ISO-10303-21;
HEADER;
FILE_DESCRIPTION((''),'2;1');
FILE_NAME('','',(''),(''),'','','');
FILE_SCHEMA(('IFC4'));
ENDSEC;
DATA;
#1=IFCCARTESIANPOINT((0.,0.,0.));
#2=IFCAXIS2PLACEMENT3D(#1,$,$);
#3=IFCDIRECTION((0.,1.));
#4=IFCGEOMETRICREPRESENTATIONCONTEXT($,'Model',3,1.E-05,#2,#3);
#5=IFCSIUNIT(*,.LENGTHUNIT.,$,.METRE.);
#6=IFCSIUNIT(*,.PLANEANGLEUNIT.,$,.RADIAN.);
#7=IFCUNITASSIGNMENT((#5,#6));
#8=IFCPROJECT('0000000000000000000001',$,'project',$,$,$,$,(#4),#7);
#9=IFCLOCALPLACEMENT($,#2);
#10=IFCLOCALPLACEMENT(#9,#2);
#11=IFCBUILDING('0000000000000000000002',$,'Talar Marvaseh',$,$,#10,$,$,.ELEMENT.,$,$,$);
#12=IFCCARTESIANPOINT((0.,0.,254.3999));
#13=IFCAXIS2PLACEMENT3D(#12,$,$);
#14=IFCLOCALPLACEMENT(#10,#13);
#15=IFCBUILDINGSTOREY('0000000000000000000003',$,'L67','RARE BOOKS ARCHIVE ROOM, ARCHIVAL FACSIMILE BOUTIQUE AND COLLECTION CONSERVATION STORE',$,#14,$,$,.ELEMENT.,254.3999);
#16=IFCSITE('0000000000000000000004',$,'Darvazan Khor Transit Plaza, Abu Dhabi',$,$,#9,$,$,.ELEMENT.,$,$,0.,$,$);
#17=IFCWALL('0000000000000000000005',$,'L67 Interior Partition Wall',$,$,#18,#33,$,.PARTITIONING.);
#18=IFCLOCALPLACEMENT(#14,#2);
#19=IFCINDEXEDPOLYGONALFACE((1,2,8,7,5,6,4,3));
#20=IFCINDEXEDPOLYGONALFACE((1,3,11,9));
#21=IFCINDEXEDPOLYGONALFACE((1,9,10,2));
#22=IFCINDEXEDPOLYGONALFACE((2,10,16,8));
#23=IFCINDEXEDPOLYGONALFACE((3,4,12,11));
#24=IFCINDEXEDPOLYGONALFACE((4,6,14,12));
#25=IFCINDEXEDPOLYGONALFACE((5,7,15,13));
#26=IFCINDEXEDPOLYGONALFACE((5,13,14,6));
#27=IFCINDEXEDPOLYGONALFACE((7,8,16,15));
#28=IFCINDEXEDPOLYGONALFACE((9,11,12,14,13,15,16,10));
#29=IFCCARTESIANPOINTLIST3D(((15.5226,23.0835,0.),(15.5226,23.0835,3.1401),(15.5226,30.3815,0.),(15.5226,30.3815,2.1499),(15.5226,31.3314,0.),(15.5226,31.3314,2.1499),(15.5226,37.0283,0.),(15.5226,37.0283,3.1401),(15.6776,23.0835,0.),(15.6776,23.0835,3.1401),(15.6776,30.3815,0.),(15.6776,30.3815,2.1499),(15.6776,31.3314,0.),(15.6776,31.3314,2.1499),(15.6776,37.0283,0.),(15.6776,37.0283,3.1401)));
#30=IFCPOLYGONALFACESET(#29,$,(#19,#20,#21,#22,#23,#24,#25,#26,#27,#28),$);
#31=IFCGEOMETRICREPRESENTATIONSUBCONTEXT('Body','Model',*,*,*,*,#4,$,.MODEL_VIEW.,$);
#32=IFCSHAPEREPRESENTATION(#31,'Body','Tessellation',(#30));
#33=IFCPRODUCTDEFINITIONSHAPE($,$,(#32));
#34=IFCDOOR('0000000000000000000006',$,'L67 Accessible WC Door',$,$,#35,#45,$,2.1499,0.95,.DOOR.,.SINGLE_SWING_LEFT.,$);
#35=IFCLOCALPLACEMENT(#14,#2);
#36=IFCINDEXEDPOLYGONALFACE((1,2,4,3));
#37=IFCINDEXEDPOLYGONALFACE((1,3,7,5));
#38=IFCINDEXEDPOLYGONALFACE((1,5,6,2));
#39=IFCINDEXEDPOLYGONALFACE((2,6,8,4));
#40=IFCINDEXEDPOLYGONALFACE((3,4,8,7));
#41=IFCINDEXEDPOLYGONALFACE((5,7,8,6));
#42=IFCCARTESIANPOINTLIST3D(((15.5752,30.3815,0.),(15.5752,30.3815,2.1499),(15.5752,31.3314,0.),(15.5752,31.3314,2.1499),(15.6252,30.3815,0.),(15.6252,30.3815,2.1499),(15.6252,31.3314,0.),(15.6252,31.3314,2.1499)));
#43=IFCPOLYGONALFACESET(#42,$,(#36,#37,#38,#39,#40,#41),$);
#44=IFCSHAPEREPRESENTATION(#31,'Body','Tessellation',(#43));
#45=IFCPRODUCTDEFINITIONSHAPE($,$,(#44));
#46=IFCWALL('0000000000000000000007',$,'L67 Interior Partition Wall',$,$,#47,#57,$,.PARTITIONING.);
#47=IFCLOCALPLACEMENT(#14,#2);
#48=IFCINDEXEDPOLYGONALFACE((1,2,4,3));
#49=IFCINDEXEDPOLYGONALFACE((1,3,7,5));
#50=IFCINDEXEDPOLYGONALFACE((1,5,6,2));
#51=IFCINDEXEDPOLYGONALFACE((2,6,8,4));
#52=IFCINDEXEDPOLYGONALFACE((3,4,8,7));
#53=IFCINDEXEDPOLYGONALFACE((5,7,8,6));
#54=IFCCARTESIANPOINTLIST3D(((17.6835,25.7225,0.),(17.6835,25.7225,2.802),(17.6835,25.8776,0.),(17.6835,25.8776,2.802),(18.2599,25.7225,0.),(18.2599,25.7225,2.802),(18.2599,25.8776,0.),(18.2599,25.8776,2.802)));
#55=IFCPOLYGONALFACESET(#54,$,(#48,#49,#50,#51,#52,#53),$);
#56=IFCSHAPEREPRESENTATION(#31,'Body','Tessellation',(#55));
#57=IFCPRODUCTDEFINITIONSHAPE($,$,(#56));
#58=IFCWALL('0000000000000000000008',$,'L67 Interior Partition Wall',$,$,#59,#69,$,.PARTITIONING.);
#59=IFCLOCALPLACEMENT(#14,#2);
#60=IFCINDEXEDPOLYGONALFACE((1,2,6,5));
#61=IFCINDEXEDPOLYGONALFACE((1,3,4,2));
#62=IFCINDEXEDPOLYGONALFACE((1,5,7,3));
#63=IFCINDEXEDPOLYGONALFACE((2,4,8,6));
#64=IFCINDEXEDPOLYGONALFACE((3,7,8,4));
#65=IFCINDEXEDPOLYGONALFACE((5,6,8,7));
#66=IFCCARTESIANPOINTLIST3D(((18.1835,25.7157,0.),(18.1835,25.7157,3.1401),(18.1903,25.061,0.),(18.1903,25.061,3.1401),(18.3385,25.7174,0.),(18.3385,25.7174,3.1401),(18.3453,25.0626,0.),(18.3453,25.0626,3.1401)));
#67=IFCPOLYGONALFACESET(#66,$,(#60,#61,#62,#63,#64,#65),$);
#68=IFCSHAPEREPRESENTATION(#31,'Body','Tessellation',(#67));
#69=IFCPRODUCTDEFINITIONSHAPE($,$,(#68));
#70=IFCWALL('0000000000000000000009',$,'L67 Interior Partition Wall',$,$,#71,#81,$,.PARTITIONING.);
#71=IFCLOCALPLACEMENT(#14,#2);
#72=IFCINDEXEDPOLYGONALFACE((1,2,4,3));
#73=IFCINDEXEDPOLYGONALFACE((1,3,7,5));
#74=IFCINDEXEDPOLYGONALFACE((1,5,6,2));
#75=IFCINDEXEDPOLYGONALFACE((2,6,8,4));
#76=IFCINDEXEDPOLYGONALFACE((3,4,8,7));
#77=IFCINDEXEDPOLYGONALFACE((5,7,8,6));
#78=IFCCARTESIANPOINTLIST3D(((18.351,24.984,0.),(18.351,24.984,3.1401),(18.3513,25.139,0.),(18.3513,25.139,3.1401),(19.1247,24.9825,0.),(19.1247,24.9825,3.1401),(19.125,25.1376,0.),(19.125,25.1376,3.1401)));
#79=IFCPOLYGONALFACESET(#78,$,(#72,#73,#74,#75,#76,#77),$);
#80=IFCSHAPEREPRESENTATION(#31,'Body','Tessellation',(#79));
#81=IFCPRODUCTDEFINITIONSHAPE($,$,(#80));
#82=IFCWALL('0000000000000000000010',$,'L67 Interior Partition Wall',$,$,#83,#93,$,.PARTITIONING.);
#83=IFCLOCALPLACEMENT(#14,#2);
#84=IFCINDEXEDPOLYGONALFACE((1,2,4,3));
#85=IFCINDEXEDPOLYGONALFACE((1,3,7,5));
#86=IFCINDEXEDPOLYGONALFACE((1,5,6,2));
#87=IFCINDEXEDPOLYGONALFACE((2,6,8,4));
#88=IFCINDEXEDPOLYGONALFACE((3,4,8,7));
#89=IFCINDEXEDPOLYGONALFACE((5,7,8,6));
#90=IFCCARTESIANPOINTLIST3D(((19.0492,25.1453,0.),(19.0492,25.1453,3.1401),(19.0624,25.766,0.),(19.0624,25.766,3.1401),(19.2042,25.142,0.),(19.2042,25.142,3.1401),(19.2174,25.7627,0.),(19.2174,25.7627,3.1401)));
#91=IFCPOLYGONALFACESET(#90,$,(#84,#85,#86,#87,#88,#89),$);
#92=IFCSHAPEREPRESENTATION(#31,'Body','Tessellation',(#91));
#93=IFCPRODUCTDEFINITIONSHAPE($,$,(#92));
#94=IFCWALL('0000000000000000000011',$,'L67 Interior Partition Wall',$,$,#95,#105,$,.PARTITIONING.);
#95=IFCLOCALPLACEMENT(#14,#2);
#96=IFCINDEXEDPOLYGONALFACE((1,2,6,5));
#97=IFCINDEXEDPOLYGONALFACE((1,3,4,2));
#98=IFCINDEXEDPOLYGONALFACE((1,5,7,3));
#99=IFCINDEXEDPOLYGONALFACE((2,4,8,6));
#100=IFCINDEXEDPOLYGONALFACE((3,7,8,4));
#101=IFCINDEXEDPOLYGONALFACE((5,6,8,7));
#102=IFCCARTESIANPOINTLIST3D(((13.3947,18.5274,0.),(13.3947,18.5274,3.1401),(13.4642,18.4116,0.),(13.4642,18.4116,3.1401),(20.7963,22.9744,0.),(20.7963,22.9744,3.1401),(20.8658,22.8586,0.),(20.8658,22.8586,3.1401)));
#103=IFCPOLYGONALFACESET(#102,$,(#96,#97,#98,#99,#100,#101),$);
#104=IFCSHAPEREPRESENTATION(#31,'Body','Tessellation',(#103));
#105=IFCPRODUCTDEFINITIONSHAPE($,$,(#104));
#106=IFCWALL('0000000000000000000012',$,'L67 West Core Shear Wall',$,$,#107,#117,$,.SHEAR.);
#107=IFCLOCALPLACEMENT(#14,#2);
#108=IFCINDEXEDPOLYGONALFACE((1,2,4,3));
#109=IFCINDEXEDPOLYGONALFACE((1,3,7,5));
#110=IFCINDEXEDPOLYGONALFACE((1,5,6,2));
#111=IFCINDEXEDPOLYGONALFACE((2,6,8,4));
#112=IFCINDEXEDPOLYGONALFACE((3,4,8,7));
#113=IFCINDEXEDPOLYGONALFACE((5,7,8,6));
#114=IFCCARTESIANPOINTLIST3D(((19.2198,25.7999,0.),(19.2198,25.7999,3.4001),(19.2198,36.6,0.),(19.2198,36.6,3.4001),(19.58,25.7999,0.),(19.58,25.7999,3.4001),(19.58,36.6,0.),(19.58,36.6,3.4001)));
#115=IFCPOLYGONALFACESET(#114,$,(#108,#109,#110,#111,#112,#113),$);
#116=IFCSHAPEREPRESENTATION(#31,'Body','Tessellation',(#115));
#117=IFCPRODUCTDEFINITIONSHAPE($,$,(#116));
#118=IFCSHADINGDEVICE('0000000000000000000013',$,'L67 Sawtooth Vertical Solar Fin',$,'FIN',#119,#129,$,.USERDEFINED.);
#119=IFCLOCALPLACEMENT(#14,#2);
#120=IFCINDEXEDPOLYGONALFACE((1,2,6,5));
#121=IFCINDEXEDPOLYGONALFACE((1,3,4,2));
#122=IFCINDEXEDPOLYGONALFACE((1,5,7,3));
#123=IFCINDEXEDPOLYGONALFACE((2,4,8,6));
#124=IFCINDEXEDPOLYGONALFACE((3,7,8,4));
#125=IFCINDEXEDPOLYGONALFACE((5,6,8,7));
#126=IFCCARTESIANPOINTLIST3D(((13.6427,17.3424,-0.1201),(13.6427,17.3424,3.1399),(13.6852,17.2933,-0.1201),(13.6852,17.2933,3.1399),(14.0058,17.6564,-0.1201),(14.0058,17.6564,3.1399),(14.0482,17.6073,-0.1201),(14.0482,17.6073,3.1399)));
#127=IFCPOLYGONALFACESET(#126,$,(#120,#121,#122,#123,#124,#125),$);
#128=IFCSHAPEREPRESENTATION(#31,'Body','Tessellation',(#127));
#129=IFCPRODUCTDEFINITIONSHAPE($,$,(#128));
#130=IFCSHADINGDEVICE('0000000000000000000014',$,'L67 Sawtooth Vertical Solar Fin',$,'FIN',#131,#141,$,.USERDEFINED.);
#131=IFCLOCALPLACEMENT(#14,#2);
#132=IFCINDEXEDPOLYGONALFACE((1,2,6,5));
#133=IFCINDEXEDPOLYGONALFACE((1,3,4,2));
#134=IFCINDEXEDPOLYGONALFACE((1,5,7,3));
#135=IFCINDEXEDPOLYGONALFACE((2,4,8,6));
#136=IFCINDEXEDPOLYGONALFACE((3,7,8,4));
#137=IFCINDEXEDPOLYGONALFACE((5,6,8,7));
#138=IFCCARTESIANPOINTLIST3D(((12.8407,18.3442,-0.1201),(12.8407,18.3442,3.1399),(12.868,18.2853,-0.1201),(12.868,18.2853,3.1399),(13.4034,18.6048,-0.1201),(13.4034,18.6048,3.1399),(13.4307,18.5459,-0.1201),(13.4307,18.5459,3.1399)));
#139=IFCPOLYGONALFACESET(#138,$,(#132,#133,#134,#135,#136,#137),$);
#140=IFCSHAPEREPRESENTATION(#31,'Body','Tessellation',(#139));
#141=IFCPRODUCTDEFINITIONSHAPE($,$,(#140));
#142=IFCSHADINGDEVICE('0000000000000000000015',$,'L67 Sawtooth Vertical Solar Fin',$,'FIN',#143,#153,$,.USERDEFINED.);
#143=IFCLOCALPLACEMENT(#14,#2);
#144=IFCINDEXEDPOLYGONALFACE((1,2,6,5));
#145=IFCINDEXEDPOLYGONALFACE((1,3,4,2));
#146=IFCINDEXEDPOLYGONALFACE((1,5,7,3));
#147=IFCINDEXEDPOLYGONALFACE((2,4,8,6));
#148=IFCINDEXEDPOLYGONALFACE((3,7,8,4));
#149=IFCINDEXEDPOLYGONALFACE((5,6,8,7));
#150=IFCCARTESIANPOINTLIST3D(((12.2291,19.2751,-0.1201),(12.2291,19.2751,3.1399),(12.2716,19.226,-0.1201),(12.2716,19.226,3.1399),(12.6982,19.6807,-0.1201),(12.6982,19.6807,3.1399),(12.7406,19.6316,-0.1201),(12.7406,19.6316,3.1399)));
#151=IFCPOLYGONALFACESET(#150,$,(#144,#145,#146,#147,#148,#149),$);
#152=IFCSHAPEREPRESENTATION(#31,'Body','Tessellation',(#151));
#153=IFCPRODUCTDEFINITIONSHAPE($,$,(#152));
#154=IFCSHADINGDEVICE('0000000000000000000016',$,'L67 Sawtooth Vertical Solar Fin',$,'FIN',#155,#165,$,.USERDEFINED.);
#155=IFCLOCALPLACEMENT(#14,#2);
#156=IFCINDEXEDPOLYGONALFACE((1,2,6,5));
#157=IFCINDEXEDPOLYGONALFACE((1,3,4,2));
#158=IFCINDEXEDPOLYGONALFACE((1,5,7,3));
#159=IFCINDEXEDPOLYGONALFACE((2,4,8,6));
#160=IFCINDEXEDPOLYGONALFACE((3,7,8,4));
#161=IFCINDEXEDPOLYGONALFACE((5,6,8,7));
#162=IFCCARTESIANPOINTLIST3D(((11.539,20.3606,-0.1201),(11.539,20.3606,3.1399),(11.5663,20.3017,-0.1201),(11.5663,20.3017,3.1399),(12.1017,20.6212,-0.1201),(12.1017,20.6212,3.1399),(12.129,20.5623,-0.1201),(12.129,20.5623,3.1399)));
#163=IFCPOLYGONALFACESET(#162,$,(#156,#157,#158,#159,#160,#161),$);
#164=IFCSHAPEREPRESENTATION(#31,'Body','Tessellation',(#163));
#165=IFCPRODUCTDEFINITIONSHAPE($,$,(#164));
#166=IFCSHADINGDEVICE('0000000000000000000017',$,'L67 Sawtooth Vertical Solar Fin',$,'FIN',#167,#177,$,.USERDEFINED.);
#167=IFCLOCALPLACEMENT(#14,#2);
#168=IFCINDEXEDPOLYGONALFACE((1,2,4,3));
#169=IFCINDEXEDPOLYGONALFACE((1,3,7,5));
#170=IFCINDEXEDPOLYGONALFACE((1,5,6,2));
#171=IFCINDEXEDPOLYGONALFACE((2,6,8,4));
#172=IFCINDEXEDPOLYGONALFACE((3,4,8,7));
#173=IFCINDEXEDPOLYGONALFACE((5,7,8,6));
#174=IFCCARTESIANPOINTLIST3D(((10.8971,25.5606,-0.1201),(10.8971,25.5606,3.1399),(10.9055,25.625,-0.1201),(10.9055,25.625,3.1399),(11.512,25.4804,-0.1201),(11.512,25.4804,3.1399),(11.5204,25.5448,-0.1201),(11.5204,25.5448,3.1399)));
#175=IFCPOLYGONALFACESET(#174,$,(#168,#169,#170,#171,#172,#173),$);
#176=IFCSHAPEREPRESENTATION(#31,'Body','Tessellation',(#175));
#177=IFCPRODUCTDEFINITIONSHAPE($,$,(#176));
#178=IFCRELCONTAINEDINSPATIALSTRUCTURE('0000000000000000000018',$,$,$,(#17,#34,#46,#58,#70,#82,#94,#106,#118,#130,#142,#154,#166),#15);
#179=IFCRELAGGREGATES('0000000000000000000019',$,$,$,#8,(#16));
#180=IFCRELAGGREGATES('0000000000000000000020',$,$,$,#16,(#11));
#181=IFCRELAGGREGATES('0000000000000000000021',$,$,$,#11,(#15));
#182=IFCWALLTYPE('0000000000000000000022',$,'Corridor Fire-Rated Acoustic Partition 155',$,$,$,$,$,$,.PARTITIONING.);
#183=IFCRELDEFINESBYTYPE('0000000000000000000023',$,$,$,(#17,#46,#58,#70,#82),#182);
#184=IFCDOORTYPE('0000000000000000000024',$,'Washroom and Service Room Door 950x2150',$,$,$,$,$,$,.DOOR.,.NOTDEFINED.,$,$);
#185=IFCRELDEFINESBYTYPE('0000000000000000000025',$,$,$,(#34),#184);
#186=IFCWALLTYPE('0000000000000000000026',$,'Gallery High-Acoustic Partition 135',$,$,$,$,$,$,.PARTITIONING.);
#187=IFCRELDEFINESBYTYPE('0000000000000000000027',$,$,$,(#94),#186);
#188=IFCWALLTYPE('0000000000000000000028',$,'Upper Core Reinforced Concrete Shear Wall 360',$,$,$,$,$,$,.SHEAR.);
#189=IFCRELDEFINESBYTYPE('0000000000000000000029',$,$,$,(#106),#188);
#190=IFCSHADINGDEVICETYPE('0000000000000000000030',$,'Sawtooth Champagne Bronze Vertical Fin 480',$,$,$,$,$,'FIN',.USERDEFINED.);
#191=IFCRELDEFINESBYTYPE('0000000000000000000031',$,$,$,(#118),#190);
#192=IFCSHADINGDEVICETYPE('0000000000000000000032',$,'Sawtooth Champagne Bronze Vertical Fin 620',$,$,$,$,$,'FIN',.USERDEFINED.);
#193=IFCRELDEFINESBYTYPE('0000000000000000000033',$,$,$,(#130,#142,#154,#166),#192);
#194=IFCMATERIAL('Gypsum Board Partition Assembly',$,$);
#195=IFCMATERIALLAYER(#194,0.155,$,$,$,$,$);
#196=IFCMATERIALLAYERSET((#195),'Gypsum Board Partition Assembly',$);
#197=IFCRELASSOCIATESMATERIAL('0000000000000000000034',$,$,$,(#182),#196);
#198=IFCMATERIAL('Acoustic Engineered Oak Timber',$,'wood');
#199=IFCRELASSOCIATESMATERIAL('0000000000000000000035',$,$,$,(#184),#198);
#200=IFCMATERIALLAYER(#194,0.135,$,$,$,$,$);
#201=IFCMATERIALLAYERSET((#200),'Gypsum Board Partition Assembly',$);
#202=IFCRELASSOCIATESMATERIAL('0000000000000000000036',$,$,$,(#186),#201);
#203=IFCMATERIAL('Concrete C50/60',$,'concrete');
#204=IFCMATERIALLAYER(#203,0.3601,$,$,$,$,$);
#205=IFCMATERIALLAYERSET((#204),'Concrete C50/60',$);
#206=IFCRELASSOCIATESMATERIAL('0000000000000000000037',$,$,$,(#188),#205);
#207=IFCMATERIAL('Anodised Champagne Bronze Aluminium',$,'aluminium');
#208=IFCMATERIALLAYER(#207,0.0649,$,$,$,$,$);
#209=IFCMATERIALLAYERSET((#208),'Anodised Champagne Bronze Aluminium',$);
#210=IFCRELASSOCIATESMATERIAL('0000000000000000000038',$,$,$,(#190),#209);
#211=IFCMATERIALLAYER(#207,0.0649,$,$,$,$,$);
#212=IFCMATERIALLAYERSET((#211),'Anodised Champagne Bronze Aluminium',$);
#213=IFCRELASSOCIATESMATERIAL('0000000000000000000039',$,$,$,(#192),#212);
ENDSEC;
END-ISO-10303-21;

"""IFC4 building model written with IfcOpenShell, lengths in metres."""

from ifc_helpers import new_model, si_unit, direction, frame, frame_2d, origin, origin_2d, place, context, subcontext, project, spatial, rectangle, extrude, source, transform, mapped, material, layer, layer_set, type_object, type_shapes, element, fill, save


model = new_model("IFC4")

# Units and contexts
model_context = context("Model", 3, precision=1e-05, world=origin(), true_north=direction((0.0, 1.0)))
body_context = subcontext(model_context, "Body", "Model", "MODEL_VIEW")
ifc_project = project(units=[si_unit("LENGTHUNIT", "METRE"), si_unit("PLANEANGLEUNIT", "RADIAN")], contexts=[model_context])

# Site, building, storey
site_placement = place(None, origin())
site = spatial("IfcSite", under=ifc_project, at=site_placement, Name="Darvazan Khor Transit Plaza, Abu Dhabi", CompositionType="ELEMENT", RefElevation=0.0)
building_placement = place(site_placement, origin())
building = spatial("IfcBuilding", under=site, at=building_placement, Name="Talar Marvaseh", CompositionType="ELEMENT")
storey_placement = place(building_placement, frame((0.0, 0.0, 254.3999)))
storey = spatial("IfcBuildingStorey", under=building, at=storey_placement, Name="L67", Description="RARE BOOKS ARCHIVE ROOM, ARCHIVAL FACSIMILE BOUTIQUE AND COLLECTION CONSERVATION STORE", CompositionType="ELEMENT", Elevation=254.3999)

# Shared definitions
ifc_material_1 = material(Name="Concrete C50/60", Category="concrete")

# Wall, opening, door
ifc_material_2 = material(Name="Gypsum Board Partition Assembly")
ifc_layer_1 = layer(ifc_material_2, 0.155)
ifc_layer_set_1 = layer_set([ifc_layer_1], Name="Gypsum Board Partition Assembly")
wall_type_1 = type_object("IfcWallType", Name="Corridor Fire-Rated Acoustic Partition 155", PredefinedType="PARTITIONING", material=ifc_layer_set_1)
wall_1_placement = place(storey_placement, frame((15.6001, 23.0835, 0.0), z_axis=(0.0, 0.0, 1.0), x_axis=(0.0, 1.0, 0.0)))
wall_1 = element("IfcWall", 1, at=wall_1_placement, inside=storey, type_object=wall_type_1, Name="L67 Interior Partition Wall", PredefinedType="PARTITIONING", context=body_context, shape_type="SweptSolid", body=[
    extrude(rectangle(XDim=13.9448, YDim=0.155, at=frame_2d((6.9724, 0.0))), origin(), (0.0, 0.0, 1.0), 3.1401),
])
opening_placement = place(wall_1_placement, frame((7.2979, 0.0, 0.0)))
opening = element("IfcOpeningElement", 2, at=opening_placement, cuts=wall_1, PredefinedType="OPENING", context=body_context, shape_type="SweptSolid", body=[
    extrude(rectangle(XDim=0.95, YDim=2.1499, at=frame_2d((0.4751, 1.075))), frame((0.0, 0.0874, 0.0), z_axis=(0.0, -1.0, 0.0), x_axis=(1.0, 0.0, 0.0)), (0.0, 0.0, 1.0), 0.175),
])
ifc_material_3 = material(Name="Acoustic Engineered Oak Timber", Category="wood")
door_type = type_object("IfcDoorType", Name="Washroom and Service Room Door 950x2150", OperationType="NOTDEFINED", PredefinedType="DOOR", material=ifc_material_3)
shared_shape_1 = source(origin(), body_context, "Body", "SweptSolid", [
    extrude(rectangle(XDim=0.95, YDim=2.1499, at=frame_2d((0.4751, 1.075))), frame((0.0, 0.0249, 0.0), z_axis=(0.0, -1.0, 0.0), x_axis=(1.0, 0.0, 0.0)), (0.0, 0.0, 1.0), 0.05),
])
type_shapes(door_type, [shared_shape_1])
door_placement = place(opening_placement, origin())
door = element("IfcDoor", 3, at=door_placement, inside=storey, type_object=door_type, Name="L67 Accessible WC Door", OperationType="SINGLE_SWING_LEFT", OverallHeight=2.1499, OverallWidth=0.95, PredefinedType="DOOR", context=body_context, shape_type="MappedRepresentation", body=[
    mapped(shared_shape_1, transform((0.0, 0.0, 0.0), x_axis=(1.0, 0.0, 0.0), y_axis=(0.0, 1.0, 0.0), z_axis=(0.0, 0.0, 1.0), scale=1.0)),
])
fill(opening, door)

# Walls
wall_2_placement = place(storey_placement, frame((17.6836, 25.8, 0.0), z_axis=(0.0, 0.0, 1.0), x_axis=(1.0, 0.0, 0.0)))
element("IfcWall", 4, at=wall_2_placement, inside=storey, type_object=wall_type_1, Name="L67 Interior Partition Wall", PredefinedType="PARTITIONING", context=body_context, shape_type="SweptSolid", body=[
    extrude(rectangle(XDim=0.5764, YDim=0.155, at=frame_2d((0.2881, 0.0))), origin(), (0.0, 0.0, 1.0), 2.802),
])
wall_3_placement = place(storey_placement, frame((18.261, 25.7166, 0.0), z_axis=(0.0, 0.0, 1.0), x_axis=(0.010439, -0.999946, 0.0)))
element("IfcWall", 5, at=wall_3_placement, inside=storey, type_object=wall_type_1, Name="L67 Interior Partition Wall", PredefinedType="PARTITIONING", context=body_context, shape_type="SweptSolid", body=[
    extrude(rectangle(XDim=0.6548, YDim=0.155, at=frame_2d((0.3274, 0.0))), origin(), (0.0, 0.0, 1.0), 3.1401),
])
wall_4_placement = place(storey_placement, frame((18.3513, 25.0615, 0.0), z_axis=(0.0, 0.0, 1.0), x_axis=(0.999998, -0.001893, 0.0)))
element("IfcWall", 6, at=wall_4_placement, inside=storey, type_object=wall_type_1, Name="L67 Interior Partition Wall", PredefinedType="PARTITIONING", context=body_context, shape_type="SweptSolid", body=[
    extrude(rectangle(XDim=0.7737, YDim=0.155, at=frame_2d((0.3867, 0.0))), origin(), (0.0, 0.0, 1.0), 3.1401),
])
wall_5_placement = place(storey_placement, frame((19.1267, 25.1436, 0.0), z_axis=(0.0, 0.0, 1.0), x_axis=(0.021238, 0.999774, 0.0)))
element("IfcWall", 7, at=wall_5_placement, inside=storey, type_object=wall_type_1, Name="L67 Interior Partition Wall", PredefinedType="PARTITIONING", context=body_context, shape_type="SweptSolid", body=[
    extrude(rectangle(XDim=0.6208, YDim=0.155, at=frame_2d((0.3105, 0.0))), origin(), (0.0, 0.0, 1.0), 3.1401),
])
ifc_layer_2 = layer(ifc_material_2, 0.135)
ifc_layer_set_2 = layer_set([ifc_layer_2], Name="Gypsum Board Partition Assembly")
wall_type_2 = type_object("IfcWallType", Name="Gallery High-Acoustic Partition 135", PredefinedType="PARTITIONING", material=ifc_layer_set_2)
wall_6_placement = place(storey_placement, frame((20.8311, 22.9165, 0.0), z_axis=(0.0, 0.0, 1.0), x_axis=(-0.857183, -0.515011, 0.0)))
element("IfcWall", 8, at=wall_6_placement, inside=storey, type_object=wall_type_2, Name="L67 Interior Partition Wall", PredefinedType="PARTITIONING", context=body_context, shape_type="SweptSolid", body=[
    extrude(rectangle(XDim=8.6348, YDim=0.135, at=frame_2d((4.3174, 0.0))), origin(), (0.0, 0.0, 1.0), 3.1401),
])
ifc_layer_3 = layer(ifc_material_1, 0.3601)
ifc_layer_set_3 = layer_set([ifc_layer_3], Name="Concrete C50/60")
wall_type_3 = type_object("IfcWallType", Name="Upper Core Reinforced Concrete Shear Wall 360", PredefinedType="SHEAR", material=ifc_layer_set_3)
wall_7_placement = place(storey_placement, frame((19.3999, 25.8, 0.0), z_axis=(0.0, 0.0, 1.0), x_axis=(0.0, 1.0, 0.0)))
element("IfcWall", 9, at=wall_7_placement, inside=storey, type_object=wall_type_3, Name="L67 West Core Shear Wall", PredefinedType="SHEAR", context=body_context, shape_type="SweptSolid", body=[
    extrude(rectangle(XDim=10.8, YDim=0.3601, at=frame_2d((5.3999, 0.0))), origin(), (0.0, 0.0, 1.0), 3.4001),
])

# Shading devices
ifc_material_4 = material(Name="Anodised Champagne Bronze Aluminium", Category="aluminium")
ifc_layer_4 = layer(ifc_material_4, 0.0649)
ifc_layer_set_4 = layer_set([ifc_layer_4], Name="Anodised Champagne Bronze Aluminium")
shading_device_type_1 = type_object("IfcShadingDeviceType", Name="Sawtooth Champagne Bronze Vertical Fin 480", ElementType="FIN", PredefinedType="USERDEFINED", material=ifc_layer_set_4)
shared_shape_2 = source(origin(), body_context, "Body", "SweptSolid", [
    extrude(rectangle(XDim=0.48, YDim=0.0649, at=origin_2d()), origin(), (0.0, 0.0, 1.0), 3.26),
])
type_shapes(shading_device_type_1, [shared_shape_2])
shading_device_placement = place(storey_placement, frame((13.8455, 17.4749, -0.1201), z_axis=(0.0, 0.0, 1.0), x_axis=(-0.756425, -0.654081, 0.0)))
element("IfcShadingDevice", 10, at=shading_device_placement, inside=storey, type_object=shading_device_type_1, Name="L67 Sawtooth Vertical Solar Fin", ObjectType="FIN", PredefinedType="USERDEFINED", context=body_context, shape_type="MappedRepresentation", body=[
    mapped(shared_shape_2, transform((0.0, 0.0, 0.0), x_axis=(1.0, 0.0, 0.0), y_axis=(0.0, 1.0, 0.0), z_axis=(0.0, 0.0, 1.0), scale=1.0)),
])
ifc_layer_5 = layer(ifc_material_4, 0.0649)
ifc_layer_set_5 = layer_set([ifc_layer_5], Name="Anodised Champagne Bronze Aluminium")
shading_device_type_2 = type_object("IfcShadingDeviceType", Name="Sawtooth Champagne Bronze Vertical Fin 620", ElementType="FIN", PredefinedType="USERDEFINED", material=ifc_layer_set_5)
shared_shape_3 = source(origin(), body_context, "Body", "SweptSolid", [
    extrude(rectangle(XDim=0.6201, YDim=0.0649, at=origin_2d()), origin(), (0.0, 0.0, 1.0), 3.26),
])
type_shapes(shading_device_type_2, [shared_shape_3])
for number, where, z_axis, x_axis, name in (
    (11, (13.1357, 18.4451, -0.1201), (0.0, 0.0, 1.0), (-0.907411, -0.420244, 0.0), "L67 Sawtooth Vertical Solar Fin"),
    (12, (12.4849, 19.4534, -0.1201), (0.0, 0.0, 1.0), (-0.756425, -0.654081, 0.0), "L67 Sawtooth Vertical Solar Fin"),
    (13, (11.834, 20.4614, -0.1201), (0.0, 0.0, 1.0), (-0.907411, -0.420244, 0.0), "L67 Sawtooth Vertical Solar Fin"),
    (14, (11.2087, 25.5527, -0.1201), (0.0, 0.0, 1.0), (-0.991604, 0.129315, 0.0), "L67 Sawtooth Vertical Solar Fin"),
):
    element("IfcShadingDevice", number, at=place(storey_placement, frame(where, z_axis=z_axis, x_axis=x_axis)), inside=storey, type_object=shading_device_type_2, Name=name, ObjectType="FIN", PredefinedType="USERDEFINED", context=body_context, shape_type="MappedRepresentation", body=[
        mapped(shared_shape_3, transform((0.0, 0.0, 0.0), x_axis=(1.0, 0.0, 0.0), y_axis=(0.0, 1.0, 0.0), z_axis=(0.0, 0.0, 1.0), scale=1.0)),
    ])

save(model, "model.ifc")
